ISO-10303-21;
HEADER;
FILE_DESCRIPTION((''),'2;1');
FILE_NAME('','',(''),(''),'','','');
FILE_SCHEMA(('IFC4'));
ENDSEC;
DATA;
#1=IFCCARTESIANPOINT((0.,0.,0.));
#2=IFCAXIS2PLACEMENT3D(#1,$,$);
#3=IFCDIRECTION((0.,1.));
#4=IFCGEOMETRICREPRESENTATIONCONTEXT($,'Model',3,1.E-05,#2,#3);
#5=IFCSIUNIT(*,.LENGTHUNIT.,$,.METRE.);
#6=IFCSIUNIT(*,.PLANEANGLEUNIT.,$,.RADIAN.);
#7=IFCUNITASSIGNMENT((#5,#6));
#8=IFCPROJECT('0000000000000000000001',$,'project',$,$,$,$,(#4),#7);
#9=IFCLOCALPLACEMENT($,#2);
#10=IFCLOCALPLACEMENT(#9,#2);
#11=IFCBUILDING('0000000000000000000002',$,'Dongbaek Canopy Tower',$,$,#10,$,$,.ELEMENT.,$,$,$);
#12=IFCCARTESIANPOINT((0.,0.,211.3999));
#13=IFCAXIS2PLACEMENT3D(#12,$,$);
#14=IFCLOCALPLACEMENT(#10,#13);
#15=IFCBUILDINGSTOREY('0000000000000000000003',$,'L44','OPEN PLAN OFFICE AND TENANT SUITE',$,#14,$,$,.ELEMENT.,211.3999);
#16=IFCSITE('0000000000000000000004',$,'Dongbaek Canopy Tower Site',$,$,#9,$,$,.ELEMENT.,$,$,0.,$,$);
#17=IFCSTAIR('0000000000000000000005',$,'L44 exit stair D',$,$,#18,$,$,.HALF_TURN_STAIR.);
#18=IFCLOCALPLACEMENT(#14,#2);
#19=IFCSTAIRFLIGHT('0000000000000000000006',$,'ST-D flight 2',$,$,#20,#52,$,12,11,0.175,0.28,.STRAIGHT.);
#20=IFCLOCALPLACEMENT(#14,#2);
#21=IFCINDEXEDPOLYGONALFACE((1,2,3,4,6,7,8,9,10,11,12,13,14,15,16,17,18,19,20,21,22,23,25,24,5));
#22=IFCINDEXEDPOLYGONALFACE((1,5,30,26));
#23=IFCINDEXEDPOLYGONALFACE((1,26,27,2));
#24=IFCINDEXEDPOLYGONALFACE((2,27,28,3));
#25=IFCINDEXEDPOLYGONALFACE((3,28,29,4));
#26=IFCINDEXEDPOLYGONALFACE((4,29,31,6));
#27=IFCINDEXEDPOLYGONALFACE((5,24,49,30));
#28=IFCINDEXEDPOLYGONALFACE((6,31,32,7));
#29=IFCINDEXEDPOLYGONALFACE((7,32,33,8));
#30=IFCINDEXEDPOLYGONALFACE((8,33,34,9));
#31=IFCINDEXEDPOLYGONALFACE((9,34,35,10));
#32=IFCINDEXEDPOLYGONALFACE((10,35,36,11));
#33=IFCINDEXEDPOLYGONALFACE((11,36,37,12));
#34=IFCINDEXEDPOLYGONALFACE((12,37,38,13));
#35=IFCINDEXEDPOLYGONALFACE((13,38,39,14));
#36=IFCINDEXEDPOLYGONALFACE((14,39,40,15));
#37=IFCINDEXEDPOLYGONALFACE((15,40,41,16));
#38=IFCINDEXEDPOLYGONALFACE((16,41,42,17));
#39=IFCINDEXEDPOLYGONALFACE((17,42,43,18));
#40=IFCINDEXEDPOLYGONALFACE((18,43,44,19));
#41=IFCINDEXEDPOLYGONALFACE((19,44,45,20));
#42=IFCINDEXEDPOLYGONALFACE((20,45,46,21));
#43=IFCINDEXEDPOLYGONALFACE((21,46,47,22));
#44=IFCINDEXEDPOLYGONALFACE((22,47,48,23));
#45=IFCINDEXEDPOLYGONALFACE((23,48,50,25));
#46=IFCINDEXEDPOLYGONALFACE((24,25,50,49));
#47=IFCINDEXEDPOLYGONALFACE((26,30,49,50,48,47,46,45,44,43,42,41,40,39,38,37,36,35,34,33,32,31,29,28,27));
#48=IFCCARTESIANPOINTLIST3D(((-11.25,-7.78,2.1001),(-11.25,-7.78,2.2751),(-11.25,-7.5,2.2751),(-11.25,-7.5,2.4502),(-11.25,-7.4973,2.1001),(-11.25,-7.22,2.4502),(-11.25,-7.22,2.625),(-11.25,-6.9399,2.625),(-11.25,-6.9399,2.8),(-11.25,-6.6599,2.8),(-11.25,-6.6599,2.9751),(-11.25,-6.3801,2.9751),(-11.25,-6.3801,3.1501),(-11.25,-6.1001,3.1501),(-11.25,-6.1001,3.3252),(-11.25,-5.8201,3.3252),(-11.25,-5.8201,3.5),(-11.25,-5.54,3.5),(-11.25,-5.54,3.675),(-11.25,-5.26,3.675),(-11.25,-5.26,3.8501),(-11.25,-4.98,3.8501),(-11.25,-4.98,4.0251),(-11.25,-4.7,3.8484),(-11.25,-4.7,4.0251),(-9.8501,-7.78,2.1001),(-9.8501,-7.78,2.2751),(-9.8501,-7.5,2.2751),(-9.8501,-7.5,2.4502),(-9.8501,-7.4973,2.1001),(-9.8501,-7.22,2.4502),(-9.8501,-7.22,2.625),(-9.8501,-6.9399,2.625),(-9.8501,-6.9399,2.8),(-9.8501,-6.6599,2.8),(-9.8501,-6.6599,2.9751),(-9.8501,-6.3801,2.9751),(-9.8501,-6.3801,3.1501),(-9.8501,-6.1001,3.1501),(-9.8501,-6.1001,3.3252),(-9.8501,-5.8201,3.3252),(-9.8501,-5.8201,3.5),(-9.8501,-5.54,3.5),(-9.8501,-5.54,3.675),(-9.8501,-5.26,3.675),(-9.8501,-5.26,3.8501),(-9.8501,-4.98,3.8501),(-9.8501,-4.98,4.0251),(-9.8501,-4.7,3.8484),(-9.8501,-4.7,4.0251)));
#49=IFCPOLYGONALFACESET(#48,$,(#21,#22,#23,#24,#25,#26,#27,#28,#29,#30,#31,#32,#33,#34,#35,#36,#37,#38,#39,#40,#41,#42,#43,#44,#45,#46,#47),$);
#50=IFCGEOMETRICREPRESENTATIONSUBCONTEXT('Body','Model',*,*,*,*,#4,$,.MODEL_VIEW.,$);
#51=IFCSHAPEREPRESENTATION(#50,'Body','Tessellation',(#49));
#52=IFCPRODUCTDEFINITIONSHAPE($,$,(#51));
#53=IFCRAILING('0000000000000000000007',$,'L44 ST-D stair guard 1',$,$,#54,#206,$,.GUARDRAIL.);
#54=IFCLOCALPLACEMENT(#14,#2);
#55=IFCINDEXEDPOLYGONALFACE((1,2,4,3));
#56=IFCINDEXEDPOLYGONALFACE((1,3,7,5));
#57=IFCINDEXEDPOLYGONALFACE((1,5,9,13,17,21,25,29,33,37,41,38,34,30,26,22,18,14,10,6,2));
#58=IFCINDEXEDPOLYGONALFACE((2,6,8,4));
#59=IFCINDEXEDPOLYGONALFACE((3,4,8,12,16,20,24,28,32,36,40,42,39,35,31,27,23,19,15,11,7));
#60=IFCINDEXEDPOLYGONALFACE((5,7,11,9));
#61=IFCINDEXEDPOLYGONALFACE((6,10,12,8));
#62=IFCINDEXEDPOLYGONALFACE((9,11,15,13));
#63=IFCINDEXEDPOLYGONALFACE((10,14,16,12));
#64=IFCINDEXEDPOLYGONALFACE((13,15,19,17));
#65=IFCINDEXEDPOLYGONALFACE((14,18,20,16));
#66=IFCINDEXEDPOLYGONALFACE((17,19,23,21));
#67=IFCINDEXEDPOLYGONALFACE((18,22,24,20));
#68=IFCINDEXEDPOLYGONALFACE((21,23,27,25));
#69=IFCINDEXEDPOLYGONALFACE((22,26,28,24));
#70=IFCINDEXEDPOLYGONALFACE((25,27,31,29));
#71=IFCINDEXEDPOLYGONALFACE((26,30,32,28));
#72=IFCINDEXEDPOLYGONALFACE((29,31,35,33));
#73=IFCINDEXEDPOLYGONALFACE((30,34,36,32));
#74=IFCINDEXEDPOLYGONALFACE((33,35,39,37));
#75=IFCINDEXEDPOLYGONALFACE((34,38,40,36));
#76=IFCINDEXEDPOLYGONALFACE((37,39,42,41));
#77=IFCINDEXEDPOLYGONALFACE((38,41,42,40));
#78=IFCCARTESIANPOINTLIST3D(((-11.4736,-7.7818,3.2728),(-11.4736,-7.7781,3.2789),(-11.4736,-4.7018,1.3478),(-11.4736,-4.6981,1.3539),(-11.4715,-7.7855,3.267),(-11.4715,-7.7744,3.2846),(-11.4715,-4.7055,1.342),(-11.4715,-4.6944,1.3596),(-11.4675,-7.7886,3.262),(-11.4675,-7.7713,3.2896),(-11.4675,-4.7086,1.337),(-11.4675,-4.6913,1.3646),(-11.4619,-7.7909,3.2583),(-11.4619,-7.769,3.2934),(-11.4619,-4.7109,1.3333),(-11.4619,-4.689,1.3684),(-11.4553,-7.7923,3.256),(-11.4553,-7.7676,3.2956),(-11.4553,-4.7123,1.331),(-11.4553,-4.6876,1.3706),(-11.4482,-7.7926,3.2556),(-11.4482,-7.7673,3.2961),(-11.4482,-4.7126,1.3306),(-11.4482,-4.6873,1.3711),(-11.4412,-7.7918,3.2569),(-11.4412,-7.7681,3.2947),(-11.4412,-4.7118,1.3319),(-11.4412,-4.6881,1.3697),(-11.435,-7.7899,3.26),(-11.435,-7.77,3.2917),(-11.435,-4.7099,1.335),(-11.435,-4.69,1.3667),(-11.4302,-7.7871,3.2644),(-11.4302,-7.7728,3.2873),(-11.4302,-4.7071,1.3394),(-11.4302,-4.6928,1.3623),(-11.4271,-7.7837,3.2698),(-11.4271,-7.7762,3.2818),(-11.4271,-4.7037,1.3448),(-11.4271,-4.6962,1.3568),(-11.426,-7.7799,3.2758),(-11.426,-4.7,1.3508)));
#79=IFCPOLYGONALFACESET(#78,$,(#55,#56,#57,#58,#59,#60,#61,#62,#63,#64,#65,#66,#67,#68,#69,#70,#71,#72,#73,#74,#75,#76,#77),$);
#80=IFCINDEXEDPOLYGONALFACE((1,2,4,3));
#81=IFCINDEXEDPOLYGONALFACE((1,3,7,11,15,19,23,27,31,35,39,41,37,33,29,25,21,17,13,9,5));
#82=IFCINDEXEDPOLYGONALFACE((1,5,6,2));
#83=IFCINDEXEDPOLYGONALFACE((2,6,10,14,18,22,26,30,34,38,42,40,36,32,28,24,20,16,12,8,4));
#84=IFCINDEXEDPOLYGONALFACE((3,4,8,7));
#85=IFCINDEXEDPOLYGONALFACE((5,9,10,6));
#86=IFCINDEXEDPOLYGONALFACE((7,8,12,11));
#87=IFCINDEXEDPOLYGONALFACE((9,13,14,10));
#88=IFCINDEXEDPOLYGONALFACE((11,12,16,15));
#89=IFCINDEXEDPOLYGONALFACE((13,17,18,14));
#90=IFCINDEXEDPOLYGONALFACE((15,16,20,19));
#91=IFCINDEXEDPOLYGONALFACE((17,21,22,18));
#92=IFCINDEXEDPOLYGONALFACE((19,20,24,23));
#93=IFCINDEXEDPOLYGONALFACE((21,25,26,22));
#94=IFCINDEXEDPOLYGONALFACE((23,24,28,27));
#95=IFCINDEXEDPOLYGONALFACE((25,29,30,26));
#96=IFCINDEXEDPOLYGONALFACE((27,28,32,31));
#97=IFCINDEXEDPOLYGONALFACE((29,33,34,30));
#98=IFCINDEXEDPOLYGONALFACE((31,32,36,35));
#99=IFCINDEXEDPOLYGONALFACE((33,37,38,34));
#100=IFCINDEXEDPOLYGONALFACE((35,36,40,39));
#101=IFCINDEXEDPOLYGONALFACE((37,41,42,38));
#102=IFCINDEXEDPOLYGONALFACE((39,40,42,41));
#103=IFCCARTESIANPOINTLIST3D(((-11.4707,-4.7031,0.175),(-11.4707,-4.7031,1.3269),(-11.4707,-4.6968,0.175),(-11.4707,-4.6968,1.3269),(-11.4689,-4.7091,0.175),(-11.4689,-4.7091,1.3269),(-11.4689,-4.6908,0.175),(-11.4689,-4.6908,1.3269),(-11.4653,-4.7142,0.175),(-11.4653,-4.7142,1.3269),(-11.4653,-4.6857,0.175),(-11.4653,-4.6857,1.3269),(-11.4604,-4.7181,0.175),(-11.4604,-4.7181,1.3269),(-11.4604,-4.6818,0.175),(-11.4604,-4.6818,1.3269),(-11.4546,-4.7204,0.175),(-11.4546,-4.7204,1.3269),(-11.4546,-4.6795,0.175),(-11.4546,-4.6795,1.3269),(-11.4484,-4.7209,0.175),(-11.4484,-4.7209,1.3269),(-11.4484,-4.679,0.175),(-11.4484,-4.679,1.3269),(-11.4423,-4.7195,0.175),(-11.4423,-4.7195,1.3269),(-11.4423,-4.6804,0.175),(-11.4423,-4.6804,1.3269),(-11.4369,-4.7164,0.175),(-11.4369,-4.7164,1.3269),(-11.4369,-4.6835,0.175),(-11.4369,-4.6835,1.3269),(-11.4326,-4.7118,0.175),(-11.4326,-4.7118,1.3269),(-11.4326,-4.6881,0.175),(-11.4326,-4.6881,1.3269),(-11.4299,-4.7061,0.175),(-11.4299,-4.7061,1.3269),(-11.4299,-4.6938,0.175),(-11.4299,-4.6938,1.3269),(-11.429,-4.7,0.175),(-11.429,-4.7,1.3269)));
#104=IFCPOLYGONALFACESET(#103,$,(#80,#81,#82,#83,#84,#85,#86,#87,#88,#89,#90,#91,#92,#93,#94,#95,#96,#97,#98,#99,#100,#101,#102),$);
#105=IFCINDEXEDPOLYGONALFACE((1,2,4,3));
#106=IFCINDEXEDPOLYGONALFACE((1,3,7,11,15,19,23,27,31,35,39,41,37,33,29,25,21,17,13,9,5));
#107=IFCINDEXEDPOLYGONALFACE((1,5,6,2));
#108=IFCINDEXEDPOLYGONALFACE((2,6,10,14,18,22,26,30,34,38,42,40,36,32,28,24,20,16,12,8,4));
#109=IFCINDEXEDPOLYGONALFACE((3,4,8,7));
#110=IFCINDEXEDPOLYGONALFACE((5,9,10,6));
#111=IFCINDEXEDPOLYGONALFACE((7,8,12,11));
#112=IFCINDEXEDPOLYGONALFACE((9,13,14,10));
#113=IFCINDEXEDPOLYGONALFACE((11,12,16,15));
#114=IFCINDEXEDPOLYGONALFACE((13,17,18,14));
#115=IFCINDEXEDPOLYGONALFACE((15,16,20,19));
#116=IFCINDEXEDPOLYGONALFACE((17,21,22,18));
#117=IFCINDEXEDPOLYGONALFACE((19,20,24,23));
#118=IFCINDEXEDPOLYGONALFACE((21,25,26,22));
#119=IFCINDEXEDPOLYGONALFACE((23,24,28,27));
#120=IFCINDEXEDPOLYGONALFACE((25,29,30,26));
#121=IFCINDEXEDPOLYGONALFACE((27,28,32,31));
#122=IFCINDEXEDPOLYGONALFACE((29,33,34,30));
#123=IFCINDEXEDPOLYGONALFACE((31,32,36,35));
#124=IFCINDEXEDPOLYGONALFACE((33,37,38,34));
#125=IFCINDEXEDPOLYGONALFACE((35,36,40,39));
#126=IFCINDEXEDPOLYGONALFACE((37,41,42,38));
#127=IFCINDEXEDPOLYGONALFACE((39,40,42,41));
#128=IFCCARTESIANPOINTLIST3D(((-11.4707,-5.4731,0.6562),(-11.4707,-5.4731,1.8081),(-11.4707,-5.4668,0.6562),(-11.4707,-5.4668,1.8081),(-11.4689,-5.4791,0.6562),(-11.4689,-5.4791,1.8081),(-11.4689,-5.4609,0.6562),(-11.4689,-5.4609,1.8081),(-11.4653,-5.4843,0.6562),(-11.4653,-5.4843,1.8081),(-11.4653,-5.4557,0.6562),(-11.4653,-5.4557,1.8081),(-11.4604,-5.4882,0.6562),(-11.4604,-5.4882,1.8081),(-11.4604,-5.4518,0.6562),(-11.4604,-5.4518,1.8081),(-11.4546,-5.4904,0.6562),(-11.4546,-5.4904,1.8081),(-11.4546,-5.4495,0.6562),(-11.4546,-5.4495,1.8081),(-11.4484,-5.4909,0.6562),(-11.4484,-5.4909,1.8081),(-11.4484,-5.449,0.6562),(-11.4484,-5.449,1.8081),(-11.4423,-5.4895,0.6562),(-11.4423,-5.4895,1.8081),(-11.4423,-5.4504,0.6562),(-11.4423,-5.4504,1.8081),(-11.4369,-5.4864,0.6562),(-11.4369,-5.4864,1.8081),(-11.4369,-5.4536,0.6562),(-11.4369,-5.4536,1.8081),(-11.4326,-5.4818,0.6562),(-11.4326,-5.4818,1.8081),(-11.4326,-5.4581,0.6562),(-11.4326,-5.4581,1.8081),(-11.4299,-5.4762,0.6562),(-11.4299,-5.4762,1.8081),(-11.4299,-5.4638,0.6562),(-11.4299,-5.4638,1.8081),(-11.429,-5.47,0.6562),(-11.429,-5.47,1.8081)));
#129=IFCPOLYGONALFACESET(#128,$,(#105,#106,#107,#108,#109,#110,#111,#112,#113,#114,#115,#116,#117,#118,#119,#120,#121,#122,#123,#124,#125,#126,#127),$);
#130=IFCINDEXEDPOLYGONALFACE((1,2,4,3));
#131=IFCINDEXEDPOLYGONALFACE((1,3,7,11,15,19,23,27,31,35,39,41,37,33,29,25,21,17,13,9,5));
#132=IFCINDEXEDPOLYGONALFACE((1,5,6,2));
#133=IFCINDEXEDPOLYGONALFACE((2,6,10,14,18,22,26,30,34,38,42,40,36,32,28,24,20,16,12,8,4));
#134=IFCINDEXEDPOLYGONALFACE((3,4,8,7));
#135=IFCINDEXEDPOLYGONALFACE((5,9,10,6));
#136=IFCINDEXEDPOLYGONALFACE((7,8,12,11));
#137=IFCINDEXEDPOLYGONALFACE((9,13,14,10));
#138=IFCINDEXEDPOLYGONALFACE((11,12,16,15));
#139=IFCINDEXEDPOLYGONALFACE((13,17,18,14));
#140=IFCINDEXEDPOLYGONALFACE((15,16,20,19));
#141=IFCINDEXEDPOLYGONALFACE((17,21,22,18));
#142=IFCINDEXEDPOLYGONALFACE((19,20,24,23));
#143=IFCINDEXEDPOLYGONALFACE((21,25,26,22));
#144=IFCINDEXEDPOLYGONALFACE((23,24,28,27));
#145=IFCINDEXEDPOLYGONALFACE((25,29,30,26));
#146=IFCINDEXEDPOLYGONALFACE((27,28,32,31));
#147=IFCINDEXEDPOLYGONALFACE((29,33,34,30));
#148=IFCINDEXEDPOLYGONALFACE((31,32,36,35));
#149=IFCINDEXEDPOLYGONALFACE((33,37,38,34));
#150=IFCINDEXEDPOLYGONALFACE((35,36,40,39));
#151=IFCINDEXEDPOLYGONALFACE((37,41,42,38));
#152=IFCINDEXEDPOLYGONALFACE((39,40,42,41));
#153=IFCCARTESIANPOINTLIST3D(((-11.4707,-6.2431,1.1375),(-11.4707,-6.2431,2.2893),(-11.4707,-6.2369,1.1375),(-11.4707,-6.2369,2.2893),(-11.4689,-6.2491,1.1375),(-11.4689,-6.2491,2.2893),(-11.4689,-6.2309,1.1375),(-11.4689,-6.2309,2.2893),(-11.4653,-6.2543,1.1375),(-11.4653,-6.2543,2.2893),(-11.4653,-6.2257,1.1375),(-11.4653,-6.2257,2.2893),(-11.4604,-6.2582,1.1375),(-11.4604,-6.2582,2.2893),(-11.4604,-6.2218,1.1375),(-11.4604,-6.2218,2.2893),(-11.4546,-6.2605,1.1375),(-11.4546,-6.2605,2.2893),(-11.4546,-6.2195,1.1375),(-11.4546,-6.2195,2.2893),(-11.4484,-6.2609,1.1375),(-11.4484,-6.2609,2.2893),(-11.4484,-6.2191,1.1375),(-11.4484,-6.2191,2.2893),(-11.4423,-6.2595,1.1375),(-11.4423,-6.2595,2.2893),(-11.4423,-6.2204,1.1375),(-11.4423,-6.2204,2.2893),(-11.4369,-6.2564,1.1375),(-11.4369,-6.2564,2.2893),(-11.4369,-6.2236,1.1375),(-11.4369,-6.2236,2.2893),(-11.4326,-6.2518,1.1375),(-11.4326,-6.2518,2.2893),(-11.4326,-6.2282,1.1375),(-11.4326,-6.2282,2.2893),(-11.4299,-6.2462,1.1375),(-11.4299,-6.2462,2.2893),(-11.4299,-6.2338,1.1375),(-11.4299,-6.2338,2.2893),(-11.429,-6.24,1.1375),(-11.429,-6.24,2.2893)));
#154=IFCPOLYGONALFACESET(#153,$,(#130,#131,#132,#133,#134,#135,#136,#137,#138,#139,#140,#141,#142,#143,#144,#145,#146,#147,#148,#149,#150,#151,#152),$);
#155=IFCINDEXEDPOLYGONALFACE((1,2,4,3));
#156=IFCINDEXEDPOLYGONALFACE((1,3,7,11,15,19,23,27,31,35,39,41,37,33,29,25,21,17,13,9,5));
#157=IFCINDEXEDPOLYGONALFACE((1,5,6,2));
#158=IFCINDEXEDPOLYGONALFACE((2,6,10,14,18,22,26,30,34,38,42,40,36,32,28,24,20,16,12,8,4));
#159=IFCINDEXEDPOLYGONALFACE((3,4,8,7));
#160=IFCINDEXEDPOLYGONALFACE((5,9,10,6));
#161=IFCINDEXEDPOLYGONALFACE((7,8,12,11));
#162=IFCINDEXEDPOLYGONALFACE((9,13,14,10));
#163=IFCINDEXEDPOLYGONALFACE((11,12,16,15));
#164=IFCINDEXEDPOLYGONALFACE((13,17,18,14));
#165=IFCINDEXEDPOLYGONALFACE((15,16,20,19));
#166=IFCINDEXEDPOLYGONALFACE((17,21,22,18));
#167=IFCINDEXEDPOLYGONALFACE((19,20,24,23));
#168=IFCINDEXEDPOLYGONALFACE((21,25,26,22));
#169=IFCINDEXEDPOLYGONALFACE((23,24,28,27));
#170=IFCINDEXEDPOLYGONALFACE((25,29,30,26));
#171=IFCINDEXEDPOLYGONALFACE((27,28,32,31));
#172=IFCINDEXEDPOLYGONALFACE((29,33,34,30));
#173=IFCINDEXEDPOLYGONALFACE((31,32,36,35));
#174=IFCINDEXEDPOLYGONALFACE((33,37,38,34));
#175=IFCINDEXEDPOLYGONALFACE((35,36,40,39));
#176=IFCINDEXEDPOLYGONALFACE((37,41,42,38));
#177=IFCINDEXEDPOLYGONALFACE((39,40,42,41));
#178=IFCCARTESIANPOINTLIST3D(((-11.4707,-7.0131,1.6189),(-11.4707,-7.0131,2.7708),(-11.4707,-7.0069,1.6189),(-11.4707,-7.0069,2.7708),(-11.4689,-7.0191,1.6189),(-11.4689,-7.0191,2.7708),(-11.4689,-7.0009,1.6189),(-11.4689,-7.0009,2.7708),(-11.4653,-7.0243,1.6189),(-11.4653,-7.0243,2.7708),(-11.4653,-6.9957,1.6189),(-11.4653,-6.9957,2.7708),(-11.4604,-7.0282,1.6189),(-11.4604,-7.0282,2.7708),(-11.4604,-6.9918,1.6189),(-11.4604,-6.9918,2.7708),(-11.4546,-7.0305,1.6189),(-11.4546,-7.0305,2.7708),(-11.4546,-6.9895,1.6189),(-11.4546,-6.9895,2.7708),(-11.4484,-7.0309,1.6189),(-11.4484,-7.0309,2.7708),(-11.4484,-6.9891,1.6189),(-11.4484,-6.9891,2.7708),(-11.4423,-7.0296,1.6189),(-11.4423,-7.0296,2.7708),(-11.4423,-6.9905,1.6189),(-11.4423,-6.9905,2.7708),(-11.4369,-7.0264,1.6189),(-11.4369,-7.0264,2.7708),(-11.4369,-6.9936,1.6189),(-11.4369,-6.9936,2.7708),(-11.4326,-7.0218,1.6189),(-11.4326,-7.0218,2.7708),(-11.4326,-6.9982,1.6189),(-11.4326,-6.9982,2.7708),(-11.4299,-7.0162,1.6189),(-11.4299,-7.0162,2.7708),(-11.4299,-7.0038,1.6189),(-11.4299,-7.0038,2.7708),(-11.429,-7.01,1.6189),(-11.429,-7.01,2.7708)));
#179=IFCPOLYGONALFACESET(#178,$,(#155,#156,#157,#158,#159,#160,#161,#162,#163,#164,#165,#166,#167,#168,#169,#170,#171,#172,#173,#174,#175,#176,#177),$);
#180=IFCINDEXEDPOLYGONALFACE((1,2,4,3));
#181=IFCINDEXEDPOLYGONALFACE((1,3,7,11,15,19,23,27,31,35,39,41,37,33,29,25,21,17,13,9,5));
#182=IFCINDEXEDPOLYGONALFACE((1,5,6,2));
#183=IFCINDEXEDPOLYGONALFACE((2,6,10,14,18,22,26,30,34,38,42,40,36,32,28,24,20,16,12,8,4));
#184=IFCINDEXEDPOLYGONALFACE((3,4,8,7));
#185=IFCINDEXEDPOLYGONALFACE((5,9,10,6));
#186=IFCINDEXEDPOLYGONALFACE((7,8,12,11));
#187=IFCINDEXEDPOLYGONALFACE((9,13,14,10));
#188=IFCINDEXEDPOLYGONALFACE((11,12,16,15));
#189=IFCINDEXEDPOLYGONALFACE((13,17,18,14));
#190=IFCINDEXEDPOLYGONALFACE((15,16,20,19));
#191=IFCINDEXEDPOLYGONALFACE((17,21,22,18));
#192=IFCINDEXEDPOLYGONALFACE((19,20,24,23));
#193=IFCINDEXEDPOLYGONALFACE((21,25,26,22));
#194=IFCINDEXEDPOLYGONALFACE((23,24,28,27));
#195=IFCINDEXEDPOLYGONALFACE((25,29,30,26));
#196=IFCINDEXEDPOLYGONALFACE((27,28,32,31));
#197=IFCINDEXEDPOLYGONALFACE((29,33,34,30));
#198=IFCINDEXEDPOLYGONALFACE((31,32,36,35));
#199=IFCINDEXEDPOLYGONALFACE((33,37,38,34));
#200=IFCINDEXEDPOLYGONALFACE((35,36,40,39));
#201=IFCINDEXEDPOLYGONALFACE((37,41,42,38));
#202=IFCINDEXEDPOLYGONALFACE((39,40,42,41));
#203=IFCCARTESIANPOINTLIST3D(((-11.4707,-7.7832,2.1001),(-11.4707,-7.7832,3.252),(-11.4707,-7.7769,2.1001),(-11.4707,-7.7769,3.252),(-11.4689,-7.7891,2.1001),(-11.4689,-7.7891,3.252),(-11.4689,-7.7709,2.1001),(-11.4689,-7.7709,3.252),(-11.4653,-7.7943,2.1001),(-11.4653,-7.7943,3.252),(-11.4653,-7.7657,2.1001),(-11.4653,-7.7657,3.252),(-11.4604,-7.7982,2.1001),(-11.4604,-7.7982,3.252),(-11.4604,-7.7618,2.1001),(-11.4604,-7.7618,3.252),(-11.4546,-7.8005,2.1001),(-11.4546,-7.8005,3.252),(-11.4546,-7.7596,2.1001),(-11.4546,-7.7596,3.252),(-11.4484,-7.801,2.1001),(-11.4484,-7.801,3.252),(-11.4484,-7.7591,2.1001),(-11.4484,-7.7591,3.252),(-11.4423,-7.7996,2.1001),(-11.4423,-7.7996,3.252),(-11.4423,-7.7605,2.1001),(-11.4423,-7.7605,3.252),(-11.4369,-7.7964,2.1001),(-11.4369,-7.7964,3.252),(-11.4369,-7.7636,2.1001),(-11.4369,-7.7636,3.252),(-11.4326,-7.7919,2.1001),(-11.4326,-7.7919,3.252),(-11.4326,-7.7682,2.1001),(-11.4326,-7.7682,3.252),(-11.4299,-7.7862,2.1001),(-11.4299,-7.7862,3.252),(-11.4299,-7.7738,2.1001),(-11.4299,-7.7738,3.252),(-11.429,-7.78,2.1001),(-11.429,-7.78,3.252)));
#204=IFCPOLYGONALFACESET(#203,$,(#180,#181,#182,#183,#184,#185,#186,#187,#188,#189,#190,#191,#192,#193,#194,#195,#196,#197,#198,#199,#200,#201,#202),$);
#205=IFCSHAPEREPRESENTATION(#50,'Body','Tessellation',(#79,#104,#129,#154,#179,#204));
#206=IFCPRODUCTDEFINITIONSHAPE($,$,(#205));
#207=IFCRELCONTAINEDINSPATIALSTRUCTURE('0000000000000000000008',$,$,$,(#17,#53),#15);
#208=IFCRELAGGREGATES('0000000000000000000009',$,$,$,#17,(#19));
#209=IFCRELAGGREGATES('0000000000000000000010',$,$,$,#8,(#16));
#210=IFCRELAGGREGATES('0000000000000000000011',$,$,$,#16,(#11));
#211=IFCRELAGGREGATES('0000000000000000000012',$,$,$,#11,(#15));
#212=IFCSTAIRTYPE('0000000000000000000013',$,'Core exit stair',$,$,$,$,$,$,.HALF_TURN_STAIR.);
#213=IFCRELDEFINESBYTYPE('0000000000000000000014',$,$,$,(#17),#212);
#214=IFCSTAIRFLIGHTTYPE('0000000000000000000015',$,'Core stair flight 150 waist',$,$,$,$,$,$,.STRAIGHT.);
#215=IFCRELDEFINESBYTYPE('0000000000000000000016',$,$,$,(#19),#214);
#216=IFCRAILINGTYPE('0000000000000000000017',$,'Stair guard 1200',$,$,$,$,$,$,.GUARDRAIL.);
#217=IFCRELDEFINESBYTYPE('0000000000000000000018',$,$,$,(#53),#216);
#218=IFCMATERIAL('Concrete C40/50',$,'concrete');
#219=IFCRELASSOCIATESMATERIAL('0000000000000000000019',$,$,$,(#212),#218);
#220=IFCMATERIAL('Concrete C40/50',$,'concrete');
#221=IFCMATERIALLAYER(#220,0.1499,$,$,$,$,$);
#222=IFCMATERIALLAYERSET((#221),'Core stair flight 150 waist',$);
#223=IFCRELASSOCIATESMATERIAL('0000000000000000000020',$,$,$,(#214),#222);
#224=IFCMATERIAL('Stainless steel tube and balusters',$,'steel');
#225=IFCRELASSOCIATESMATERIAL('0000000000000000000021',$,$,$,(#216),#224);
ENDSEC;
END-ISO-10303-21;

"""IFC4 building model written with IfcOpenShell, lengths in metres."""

from ifc_helpers import new_model, si_unit, direction, frame, origin, origin_2d, place, context, subcontext, project, spatial, polyline, circle, outline, extrude, material, layer, layer_set, type_object, element, aggregate, save


model = new_model("IFC4")

# Units and contexts
model_context = context("Model", 3, precision=1e-05, world=origin(), true_north=direction((0.0, 1.0)))
body_context = subcontext(model_context, "Body", "Model", "MODEL_VIEW")
ifc_project = project(units=[si_unit("LENGTHUNIT", "METRE"), si_unit("PLANEANGLEUNIT", "RADIAN")], contexts=[model_context])

# Site, building, storey
site_placement = place(None, origin())
site = spatial("IfcSite", under=ifc_project, at=site_placement, Name="Dongbaek Canopy Tower Site", CompositionType="ELEMENT", RefElevation=0.0)
building_placement = place(site_placement, origin())
building = spatial("IfcBuilding", under=site, at=building_placement, Name="Dongbaek Canopy Tower", CompositionType="ELEMENT")
storey_placement = place(building_placement, frame((0.0, 0.0, 211.3999)))
storey = spatial("IfcBuildingStorey", under=building, at=storey_placement, Name="L44", Description="OPEN PLAN OFFICE AND TENANT SUITE", CompositionType="ELEMENT", Elevation=211.3999)

# Stair, stair flight
ifc_material_1 = material(Name="Concrete C40/50", Category="concrete")
stair_type = type_object("IfcStairType", Name="Core exit stair", PredefinedType="HALF_TURN_STAIR", material=ifc_material_1)
stair_placement = place(storey_placement, origin())
stair = element("IfcStair", 1, at=stair_placement, inside=storey, type_object=stair_type, Name="L44 exit stair D", PredefinedType="HALF_TURN_STAIR")
ifc_material_2 = material(Name="Concrete C40/50", Category="concrete")
ifc_layer_1 = layer(ifc_material_2, 0.1499)
ifc_layer_set_1 = layer_set([ifc_layer_1], Name="Core stair flight 150 waist")
stair_flight_type = type_object("IfcStairFlightType", Name="Core stair flight 150 waist", PredefinedType="STRAIGHT", material=ifc_layer_set_1)
stair_flight_1_placement = place(storey_placement, frame((-10.55, -7.78, 2.1001), z_axis=(0.0, 0.0, 1.0), x_axis=(0.0, 1.0, 0.0)))
stair_flight_1 = element("IfcStairFlight", 2, at=stair_flight_1_placement, type_object=stair_flight_type, Name="ST-D flight 2", NumberOfRisers=12, NumberOfTreads=11, PredefinedType="STRAIGHT", RiserHeight=0.175, TreadLength=0.28, context=body_context, shape_type="SweptSolid", body=[
    extrude(outline(polyline([(0.0, 0.0), (0.0, 0.175), (0.28, 0.175), (0.28, 0.3501), (0.5601, 0.3501), (0.5601, 0.5249), (0.8401, 0.5249), (0.8401, 0.7), (1.1201, 0.7), (1.1201, 0.875), (1.3999, 0.875), (1.3999, 1.05), (1.6799, 1.05), (1.6799, 1.2251), (1.96, 1.2251), (1.96, 1.3999), (2.24, 1.3999), (2.24, 1.575), (2.52, 1.575), (2.52, 1.75), (2.8, 1.75), (2.8, 1.925), (3.0801, 1.925), (3.0801, 2.1001), (3.0801, 1.7483), (0.2827, 0.0), (0.0, 0.0)])), frame((0.0, 0.7, 0.0), z_axis=(0.0, -1.0, 0.0), x_axis=(1.0, 0.0, 0.0)), (0.0, 0.0, 1.0), 1.3999),
])
aggregate(stair, [stair_flight_1])

# Railing
ifc_material_3 = material(Name="Stainless steel tube and balusters", Category="steel")
railing_type_1 = type_object("IfcRailingType", Name="Stair guard 1200", PredefinedType="GUARDRAIL", material=ifc_material_3)
railing_1_placement = place(storey_placement, frame((-11.45, -4.7, 0.175)))
element("IfcRailing", 3, at=railing_1_placement, inside=storey, type_object=railing_type_1, Name="L44 ST-D stair guard 1", PredefinedType="GUARDRAIL", context=body_context, shape_type="SweptSolid", body=[
    extrude(circle(Radius=0.0239, at=origin_2d()), frame((0.0, 0.0, 1.1758), z_axis=(0.0, -0.847998, 0.529999), x_axis=(1.0, 0.0, 0.0)), (0.0, 0.0, 1.0), 3.6321),
    extrude(circle(Radius=0.021, at=origin_2d()), origin(), (0.0, 0.0, 1.0), 1.1519),
    extrude(circle(Radius=0.021, at=origin_2d()), frame((0.0, -0.77, 0.4812)), (0.0, 0.0, 1.0), 1.1519),
    extrude(circle(Radius=0.021, at=origin_2d()), frame((0.0, -1.54, 0.9624)), (0.0, 0.0, 1.0), 1.1519),
    extrude(circle(Radius=0.021, at=origin_2d()), frame((0.0, -2.3101, 1.4438)), (0.0, 0.0, 1.0), 1.1519),
    extrude(circle(Radius=0.021, at=origin_2d()), frame((0.0, -3.0801, 1.925)), (0.0, 0.0, 1.0), 1.1519),
])

save(model, "model.ifc")
